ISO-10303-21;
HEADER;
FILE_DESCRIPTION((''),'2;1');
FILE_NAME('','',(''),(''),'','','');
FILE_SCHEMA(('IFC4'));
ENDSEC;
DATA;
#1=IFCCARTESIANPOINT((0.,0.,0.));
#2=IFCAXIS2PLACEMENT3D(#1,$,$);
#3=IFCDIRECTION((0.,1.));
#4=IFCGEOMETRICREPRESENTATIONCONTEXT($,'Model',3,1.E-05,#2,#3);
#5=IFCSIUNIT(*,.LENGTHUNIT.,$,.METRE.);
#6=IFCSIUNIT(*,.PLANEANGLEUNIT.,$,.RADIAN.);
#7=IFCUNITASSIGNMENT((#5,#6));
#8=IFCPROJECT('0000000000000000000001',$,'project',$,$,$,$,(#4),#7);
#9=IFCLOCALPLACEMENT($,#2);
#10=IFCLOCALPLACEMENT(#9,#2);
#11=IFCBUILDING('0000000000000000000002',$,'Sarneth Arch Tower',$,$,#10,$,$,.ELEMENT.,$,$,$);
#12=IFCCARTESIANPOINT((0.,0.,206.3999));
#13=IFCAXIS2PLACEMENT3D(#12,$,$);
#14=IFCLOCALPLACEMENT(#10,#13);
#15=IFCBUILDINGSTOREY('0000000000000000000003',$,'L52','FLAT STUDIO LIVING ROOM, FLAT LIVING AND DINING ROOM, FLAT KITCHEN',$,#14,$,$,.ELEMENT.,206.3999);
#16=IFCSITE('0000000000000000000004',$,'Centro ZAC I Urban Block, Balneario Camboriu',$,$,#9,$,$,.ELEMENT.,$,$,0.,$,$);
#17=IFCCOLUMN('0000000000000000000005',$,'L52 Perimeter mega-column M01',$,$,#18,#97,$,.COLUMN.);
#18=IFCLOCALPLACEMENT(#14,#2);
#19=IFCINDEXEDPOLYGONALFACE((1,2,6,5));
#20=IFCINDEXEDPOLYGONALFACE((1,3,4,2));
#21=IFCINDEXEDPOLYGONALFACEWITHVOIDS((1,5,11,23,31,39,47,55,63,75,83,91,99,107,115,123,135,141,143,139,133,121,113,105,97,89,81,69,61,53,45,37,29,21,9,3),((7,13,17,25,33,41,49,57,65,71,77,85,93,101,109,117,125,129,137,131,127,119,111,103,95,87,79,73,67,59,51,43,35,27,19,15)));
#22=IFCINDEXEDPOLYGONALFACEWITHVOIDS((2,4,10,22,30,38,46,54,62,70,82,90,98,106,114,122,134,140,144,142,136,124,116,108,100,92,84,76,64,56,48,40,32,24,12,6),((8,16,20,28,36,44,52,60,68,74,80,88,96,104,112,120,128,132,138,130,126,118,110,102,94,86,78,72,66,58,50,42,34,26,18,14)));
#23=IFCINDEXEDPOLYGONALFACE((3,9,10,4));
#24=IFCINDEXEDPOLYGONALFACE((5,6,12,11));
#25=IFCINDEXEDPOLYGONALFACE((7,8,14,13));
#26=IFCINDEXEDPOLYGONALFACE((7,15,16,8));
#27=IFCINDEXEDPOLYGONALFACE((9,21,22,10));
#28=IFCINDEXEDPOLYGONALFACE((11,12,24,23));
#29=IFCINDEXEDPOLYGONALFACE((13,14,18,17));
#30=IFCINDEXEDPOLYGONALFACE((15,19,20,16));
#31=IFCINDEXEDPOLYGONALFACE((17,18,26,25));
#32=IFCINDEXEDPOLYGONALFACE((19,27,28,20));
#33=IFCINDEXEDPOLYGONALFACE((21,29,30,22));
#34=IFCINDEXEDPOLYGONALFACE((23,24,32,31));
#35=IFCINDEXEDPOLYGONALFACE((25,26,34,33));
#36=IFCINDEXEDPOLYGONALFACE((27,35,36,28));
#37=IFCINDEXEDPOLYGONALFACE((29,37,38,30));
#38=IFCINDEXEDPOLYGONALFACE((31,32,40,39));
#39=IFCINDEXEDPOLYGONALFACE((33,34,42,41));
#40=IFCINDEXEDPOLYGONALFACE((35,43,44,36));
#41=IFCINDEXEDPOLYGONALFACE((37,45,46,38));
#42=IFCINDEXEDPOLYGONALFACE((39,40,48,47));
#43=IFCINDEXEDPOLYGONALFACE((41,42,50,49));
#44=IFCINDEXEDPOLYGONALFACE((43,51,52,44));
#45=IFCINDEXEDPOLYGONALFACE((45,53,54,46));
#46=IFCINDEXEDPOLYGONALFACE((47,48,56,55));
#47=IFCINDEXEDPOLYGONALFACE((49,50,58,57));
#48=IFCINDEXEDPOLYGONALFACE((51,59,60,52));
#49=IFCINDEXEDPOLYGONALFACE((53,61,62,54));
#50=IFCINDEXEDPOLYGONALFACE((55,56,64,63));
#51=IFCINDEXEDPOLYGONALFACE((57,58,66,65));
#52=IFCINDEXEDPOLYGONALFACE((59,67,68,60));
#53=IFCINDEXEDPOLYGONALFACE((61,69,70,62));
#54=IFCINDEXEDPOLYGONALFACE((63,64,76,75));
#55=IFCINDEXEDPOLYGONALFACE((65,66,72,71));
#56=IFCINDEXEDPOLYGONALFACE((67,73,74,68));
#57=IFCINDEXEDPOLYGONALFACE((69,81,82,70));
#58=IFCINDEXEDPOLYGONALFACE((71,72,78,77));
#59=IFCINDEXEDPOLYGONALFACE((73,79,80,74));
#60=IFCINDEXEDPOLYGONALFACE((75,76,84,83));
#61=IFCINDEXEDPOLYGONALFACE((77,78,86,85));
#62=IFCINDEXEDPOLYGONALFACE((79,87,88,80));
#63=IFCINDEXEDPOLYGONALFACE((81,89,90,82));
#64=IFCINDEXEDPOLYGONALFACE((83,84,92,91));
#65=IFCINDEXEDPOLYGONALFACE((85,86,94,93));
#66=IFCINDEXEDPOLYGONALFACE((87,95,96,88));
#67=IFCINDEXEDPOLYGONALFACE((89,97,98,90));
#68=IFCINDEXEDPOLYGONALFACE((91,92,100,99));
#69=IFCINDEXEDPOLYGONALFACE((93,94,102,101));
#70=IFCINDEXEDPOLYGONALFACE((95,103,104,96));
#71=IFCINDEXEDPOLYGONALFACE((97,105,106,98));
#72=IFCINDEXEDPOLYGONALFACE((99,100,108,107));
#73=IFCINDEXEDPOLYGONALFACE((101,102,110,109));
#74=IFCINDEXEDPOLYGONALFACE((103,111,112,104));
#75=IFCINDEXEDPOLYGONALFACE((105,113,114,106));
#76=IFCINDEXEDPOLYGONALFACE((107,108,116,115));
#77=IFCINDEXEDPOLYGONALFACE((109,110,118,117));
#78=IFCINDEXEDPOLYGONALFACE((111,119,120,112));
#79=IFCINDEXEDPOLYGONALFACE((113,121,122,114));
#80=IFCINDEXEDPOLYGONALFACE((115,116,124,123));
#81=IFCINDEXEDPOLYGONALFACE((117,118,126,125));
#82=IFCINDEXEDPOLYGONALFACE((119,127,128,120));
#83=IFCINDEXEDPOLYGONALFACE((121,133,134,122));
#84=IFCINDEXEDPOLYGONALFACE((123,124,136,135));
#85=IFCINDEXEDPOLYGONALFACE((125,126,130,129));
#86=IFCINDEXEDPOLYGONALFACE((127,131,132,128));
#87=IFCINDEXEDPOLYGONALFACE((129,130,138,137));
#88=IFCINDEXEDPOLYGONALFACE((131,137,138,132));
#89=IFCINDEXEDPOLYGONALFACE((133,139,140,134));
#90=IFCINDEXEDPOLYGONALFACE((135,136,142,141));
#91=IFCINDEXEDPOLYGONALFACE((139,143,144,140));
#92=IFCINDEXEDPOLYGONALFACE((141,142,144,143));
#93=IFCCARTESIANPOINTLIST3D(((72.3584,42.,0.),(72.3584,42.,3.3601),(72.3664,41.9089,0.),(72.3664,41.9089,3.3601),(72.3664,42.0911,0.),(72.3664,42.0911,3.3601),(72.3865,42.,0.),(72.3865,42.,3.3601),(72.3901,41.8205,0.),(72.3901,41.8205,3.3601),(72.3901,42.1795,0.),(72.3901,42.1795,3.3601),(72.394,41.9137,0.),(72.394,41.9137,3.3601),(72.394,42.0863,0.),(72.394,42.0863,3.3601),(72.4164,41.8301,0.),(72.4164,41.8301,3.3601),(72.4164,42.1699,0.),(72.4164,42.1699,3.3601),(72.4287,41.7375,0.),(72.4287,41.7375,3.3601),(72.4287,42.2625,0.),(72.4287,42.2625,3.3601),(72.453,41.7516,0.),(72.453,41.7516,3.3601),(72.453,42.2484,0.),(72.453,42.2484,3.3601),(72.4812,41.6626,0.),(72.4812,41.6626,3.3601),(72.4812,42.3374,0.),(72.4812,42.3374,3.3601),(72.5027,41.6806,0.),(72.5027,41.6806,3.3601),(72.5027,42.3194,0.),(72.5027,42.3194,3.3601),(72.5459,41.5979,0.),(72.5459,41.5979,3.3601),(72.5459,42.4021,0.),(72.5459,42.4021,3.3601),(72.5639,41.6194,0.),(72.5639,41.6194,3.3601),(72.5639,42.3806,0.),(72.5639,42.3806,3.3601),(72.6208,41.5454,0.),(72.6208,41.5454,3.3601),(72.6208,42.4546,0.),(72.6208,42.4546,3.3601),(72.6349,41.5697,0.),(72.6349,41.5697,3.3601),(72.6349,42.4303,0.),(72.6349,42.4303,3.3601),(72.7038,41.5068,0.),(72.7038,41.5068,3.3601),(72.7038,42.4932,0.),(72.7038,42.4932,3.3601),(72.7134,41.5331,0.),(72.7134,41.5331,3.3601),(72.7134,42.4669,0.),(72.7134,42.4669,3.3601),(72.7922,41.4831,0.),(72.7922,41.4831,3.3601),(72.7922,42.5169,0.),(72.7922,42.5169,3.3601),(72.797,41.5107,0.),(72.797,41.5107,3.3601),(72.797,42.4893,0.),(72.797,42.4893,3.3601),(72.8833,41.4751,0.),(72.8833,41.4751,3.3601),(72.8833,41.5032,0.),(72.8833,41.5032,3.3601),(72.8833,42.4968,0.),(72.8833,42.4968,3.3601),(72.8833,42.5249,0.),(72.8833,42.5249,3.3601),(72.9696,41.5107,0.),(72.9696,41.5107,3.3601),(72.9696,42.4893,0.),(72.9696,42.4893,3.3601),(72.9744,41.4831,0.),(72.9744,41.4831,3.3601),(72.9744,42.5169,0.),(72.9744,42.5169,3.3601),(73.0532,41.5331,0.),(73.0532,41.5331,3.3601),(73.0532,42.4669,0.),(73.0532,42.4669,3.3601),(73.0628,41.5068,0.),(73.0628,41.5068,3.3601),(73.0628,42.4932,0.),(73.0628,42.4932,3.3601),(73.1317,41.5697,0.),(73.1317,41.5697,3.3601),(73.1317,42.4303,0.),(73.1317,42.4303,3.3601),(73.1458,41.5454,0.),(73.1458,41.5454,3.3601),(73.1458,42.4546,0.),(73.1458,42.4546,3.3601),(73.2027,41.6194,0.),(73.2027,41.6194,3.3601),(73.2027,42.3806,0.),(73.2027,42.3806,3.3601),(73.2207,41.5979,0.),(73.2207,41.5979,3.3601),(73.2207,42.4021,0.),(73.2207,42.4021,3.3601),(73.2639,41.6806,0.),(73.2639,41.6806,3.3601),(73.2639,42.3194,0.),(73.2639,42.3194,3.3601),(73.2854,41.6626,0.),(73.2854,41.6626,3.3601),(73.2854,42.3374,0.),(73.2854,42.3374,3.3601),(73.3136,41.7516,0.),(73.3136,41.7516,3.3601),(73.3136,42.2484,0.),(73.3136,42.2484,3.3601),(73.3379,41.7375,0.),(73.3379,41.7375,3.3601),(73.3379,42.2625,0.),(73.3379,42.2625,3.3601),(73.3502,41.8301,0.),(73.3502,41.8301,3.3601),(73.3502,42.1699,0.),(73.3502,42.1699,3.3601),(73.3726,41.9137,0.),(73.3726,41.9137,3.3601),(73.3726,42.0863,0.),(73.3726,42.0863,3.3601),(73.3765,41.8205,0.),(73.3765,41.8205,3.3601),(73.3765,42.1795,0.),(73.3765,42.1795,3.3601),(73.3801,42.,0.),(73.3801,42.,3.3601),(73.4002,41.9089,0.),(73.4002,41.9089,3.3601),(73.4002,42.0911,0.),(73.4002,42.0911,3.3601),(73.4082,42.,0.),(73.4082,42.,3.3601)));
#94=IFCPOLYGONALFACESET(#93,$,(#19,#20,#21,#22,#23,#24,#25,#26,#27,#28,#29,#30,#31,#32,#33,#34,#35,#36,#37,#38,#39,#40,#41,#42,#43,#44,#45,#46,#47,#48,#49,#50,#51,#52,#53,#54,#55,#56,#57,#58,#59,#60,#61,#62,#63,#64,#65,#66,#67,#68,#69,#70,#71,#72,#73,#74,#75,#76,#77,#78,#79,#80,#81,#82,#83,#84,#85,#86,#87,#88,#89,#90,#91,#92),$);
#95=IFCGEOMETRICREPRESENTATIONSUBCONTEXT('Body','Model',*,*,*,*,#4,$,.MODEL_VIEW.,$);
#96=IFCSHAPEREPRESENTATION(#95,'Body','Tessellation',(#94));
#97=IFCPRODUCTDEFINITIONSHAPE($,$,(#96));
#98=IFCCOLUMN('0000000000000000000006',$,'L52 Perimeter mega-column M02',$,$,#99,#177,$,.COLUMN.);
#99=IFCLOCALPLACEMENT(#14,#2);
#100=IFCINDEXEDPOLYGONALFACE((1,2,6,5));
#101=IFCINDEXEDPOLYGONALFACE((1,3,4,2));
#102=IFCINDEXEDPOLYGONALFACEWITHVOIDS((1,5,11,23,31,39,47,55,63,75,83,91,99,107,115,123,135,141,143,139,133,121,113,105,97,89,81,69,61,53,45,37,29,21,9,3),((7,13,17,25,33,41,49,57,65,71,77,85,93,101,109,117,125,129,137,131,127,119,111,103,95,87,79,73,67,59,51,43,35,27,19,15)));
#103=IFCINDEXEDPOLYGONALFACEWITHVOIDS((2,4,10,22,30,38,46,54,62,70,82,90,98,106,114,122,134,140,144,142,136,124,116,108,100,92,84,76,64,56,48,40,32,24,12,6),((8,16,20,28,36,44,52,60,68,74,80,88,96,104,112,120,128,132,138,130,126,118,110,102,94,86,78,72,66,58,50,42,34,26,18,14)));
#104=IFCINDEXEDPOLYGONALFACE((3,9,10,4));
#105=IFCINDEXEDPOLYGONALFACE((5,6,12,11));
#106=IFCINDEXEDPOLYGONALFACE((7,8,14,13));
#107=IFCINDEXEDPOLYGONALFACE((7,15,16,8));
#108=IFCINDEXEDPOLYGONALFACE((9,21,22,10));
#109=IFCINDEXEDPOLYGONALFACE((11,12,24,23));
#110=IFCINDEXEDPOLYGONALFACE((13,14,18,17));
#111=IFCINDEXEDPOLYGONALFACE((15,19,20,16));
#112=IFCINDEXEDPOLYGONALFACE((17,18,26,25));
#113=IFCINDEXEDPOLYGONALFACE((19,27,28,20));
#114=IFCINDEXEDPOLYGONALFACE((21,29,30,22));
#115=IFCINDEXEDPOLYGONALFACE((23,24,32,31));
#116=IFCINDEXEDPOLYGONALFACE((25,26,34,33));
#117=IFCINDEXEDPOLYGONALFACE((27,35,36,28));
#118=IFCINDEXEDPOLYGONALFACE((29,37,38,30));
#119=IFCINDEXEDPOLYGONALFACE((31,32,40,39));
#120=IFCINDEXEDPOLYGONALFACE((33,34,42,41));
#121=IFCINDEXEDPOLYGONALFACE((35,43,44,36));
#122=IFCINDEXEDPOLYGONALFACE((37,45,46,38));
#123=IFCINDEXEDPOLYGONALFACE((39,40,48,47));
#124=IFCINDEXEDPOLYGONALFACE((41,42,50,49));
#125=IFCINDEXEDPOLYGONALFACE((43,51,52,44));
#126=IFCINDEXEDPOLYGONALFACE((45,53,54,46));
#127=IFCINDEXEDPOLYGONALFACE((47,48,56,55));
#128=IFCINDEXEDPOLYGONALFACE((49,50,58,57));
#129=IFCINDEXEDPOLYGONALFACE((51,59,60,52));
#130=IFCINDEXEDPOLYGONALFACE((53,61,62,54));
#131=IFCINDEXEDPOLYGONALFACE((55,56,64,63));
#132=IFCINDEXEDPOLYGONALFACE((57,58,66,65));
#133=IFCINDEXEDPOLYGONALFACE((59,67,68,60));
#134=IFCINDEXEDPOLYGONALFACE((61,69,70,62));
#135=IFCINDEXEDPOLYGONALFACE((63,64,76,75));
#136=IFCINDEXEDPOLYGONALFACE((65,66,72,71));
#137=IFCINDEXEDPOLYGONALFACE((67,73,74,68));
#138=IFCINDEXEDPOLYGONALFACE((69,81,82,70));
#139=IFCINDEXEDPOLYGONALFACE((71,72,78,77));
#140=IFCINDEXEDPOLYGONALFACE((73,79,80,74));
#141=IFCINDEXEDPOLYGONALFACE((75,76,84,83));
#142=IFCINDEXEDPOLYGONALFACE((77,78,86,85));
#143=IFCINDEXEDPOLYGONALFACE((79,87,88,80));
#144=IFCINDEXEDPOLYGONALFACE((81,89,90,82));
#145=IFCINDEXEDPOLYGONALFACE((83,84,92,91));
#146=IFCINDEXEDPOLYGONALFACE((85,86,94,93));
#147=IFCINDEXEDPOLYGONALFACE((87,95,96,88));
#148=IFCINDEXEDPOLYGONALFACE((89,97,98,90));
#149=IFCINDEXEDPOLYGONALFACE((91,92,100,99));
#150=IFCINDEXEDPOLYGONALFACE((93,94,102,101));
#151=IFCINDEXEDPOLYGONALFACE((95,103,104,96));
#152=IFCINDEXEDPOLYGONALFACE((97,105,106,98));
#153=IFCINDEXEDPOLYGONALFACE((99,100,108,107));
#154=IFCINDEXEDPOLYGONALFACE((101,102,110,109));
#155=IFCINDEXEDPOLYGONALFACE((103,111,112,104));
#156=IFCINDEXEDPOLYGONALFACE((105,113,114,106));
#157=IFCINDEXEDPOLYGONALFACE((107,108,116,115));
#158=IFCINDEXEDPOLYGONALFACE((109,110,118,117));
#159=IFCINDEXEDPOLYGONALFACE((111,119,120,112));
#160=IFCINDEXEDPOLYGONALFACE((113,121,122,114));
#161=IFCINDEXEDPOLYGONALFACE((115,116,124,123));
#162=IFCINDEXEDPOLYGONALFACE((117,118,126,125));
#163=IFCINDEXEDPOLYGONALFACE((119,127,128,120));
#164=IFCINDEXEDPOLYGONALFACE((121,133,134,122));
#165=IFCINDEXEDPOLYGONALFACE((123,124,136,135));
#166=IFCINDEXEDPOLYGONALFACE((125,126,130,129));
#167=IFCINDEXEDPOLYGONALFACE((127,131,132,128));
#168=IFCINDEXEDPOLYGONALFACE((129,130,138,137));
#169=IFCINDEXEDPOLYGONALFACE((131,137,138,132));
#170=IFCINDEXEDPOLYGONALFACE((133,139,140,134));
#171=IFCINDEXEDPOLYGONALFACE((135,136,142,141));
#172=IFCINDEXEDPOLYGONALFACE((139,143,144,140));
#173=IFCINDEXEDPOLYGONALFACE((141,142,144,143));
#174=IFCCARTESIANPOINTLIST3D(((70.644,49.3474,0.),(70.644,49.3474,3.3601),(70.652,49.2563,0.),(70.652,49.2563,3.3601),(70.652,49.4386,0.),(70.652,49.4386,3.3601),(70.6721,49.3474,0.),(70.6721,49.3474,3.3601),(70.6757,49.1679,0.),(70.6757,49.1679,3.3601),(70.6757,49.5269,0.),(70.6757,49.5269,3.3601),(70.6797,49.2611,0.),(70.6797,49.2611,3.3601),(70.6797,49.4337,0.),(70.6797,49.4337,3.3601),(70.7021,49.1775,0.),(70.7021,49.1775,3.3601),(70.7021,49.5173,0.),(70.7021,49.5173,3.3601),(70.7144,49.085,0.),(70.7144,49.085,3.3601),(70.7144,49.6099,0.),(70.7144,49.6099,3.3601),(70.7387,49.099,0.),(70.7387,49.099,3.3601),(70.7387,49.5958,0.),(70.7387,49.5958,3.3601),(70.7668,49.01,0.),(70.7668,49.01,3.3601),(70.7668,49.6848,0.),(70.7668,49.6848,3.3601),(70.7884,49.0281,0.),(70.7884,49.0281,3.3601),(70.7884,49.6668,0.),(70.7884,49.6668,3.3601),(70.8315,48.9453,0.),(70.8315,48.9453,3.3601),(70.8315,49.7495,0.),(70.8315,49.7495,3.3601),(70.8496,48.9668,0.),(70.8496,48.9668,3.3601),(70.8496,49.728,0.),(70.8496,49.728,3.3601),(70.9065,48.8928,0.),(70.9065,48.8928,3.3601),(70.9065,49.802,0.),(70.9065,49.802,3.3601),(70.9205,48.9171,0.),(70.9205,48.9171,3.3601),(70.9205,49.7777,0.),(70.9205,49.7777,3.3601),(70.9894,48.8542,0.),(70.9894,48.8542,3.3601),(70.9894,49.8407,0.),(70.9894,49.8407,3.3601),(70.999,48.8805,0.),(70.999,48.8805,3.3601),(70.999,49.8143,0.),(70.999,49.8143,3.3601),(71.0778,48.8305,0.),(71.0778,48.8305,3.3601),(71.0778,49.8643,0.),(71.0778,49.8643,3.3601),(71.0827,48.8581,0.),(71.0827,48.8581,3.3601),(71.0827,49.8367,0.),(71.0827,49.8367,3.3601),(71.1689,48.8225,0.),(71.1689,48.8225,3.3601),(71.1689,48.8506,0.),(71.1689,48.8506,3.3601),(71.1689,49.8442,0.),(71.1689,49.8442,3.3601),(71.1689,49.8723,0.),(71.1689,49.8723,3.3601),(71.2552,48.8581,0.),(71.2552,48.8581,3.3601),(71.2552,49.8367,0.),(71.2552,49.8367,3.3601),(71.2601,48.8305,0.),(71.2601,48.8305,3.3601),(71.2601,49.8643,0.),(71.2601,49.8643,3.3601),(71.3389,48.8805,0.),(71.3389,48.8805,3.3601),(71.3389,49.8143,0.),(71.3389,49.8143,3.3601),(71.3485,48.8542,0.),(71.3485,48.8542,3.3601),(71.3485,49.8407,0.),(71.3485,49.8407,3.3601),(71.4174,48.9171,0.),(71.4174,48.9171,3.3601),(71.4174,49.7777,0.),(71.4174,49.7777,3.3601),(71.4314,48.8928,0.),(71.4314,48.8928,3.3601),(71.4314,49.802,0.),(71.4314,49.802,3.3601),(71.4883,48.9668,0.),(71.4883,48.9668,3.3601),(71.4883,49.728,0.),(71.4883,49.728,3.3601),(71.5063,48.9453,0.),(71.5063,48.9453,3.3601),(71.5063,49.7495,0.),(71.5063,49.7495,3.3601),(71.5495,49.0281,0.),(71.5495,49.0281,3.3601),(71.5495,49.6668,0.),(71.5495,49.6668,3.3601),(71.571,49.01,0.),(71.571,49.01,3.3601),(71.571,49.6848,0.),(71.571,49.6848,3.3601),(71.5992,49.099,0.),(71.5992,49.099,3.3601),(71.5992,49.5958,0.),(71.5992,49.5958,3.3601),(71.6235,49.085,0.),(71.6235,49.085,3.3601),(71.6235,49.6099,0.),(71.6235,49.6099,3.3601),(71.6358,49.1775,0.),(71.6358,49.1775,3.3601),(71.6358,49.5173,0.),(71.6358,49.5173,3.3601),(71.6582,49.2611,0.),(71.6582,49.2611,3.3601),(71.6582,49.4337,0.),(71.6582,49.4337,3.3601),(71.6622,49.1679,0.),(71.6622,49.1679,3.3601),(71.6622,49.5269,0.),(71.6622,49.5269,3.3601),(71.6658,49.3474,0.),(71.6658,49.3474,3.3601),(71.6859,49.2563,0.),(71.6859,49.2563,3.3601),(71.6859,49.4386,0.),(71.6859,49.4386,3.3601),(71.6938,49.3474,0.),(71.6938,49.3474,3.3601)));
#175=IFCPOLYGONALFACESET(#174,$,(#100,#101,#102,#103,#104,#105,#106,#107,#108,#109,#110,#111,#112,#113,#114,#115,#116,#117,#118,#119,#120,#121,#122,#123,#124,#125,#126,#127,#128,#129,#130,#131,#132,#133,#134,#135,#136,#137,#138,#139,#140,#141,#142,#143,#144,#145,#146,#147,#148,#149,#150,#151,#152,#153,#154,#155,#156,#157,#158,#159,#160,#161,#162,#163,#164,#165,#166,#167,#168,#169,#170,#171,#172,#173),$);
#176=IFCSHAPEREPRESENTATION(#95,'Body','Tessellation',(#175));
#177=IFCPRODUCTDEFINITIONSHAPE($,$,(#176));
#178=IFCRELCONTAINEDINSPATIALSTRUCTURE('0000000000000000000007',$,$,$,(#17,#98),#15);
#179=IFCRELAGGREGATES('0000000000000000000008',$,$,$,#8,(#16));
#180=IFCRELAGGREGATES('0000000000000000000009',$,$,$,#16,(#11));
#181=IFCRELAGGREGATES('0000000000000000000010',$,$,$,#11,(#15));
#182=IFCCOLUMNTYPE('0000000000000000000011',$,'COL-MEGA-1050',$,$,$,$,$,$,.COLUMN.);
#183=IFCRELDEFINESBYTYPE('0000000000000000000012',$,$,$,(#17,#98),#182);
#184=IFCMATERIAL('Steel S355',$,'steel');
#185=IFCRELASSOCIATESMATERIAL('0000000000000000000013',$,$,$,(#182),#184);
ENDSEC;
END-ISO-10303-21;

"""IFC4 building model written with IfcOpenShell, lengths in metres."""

from ifc_helpers import new_model, si_unit, direction, frame, origin, origin_2d, place, context, subcontext, project, spatial, hollow_circle, extrude, material, material_profile, profile_set, type_object, element, save


model = new_model("IFC4")

# Units and contexts
model_context = context("Model", 3, precision=1e-05, world=origin(), true_north=direction((0.0, 1.0)))
body_context = subcontext(model_context, "Body", "Model", "MODEL_VIEW")
ifc_project = project(units=[si_unit("LENGTHUNIT", "METRE"), si_unit("PLANEANGLEUNIT", "RADIAN")], contexts=[model_context])

# Site, building, storey
site_placement = place(None, origin())
site = spatial("IfcSite", under=ifc_project, at=site_placement, Name="Centro ZAC I Urban Block, Balneario Camboriu", CompositionType="ELEMENT", RefElevation=0.0)
building_placement = place(site_placement, origin())
building = spatial("IfcBuilding", under=site, at=building_placement, Name="Sarneth Arch Tower", CompositionType="ELEMENT")
storey_placement = place(building_placement, frame((0.0, 0.0, 206.3999)))
storey = spatial("IfcBuildingStorey", under=building, at=storey_placement, Name="L52", Description="FLAT STUDIO LIVING ROOM, FLAT LIVING AND DINING ROOM, FLAT KITCHEN", CompositionType="ELEMENT", Elevation=206.3999)

# Columns
ifc_material_1 = material(Name="Steel S355", Category="steel")
ifc_material_profile_1 = material_profile(ifc_material_1, hollow_circle(Radius=0.5249, WallThickness=0.0281, at=origin_2d()), Name="CHS1050x28")
ifc_profile_set_1 = profile_set([ifc_material_profile_1], Name="Steel S355")
column_type = type_object("IfcColumnType", Name="COL-MEGA-1050", PredefinedType="COLUMN", material=ifc_profile_set_1)
for number, where, z_axis, x_axis, name in (
    (1, (72.8833, 42.0, 0.0), (0.0, 0.0, 1.0), (1.0, 0.0, 0.0), "L52 Perimeter mega-column M01"),
    (2, (71.1689, 49.3474, 0.0), (0.0, 0.0, 1.0), (1.0, 0.0, 0.0), "L52 Perimeter mega-column M02"),
):
    element("IfcColumn", number, at=place(storey_placement, frame(where, z_axis=z_axis, x_axis=x_axis)), inside=storey, type_object=column_type, Name=name, PredefinedType="COLUMN", context=body_context, shape_type="SweptSolid", body=[
        extrude(hollow_circle(Radius=0.5249, WallThickness=0.0281, at=origin_2d()), origin(), (0.0, 0.0, 1.0), 3.3601),
    ])

save(model, "model.ifc")
